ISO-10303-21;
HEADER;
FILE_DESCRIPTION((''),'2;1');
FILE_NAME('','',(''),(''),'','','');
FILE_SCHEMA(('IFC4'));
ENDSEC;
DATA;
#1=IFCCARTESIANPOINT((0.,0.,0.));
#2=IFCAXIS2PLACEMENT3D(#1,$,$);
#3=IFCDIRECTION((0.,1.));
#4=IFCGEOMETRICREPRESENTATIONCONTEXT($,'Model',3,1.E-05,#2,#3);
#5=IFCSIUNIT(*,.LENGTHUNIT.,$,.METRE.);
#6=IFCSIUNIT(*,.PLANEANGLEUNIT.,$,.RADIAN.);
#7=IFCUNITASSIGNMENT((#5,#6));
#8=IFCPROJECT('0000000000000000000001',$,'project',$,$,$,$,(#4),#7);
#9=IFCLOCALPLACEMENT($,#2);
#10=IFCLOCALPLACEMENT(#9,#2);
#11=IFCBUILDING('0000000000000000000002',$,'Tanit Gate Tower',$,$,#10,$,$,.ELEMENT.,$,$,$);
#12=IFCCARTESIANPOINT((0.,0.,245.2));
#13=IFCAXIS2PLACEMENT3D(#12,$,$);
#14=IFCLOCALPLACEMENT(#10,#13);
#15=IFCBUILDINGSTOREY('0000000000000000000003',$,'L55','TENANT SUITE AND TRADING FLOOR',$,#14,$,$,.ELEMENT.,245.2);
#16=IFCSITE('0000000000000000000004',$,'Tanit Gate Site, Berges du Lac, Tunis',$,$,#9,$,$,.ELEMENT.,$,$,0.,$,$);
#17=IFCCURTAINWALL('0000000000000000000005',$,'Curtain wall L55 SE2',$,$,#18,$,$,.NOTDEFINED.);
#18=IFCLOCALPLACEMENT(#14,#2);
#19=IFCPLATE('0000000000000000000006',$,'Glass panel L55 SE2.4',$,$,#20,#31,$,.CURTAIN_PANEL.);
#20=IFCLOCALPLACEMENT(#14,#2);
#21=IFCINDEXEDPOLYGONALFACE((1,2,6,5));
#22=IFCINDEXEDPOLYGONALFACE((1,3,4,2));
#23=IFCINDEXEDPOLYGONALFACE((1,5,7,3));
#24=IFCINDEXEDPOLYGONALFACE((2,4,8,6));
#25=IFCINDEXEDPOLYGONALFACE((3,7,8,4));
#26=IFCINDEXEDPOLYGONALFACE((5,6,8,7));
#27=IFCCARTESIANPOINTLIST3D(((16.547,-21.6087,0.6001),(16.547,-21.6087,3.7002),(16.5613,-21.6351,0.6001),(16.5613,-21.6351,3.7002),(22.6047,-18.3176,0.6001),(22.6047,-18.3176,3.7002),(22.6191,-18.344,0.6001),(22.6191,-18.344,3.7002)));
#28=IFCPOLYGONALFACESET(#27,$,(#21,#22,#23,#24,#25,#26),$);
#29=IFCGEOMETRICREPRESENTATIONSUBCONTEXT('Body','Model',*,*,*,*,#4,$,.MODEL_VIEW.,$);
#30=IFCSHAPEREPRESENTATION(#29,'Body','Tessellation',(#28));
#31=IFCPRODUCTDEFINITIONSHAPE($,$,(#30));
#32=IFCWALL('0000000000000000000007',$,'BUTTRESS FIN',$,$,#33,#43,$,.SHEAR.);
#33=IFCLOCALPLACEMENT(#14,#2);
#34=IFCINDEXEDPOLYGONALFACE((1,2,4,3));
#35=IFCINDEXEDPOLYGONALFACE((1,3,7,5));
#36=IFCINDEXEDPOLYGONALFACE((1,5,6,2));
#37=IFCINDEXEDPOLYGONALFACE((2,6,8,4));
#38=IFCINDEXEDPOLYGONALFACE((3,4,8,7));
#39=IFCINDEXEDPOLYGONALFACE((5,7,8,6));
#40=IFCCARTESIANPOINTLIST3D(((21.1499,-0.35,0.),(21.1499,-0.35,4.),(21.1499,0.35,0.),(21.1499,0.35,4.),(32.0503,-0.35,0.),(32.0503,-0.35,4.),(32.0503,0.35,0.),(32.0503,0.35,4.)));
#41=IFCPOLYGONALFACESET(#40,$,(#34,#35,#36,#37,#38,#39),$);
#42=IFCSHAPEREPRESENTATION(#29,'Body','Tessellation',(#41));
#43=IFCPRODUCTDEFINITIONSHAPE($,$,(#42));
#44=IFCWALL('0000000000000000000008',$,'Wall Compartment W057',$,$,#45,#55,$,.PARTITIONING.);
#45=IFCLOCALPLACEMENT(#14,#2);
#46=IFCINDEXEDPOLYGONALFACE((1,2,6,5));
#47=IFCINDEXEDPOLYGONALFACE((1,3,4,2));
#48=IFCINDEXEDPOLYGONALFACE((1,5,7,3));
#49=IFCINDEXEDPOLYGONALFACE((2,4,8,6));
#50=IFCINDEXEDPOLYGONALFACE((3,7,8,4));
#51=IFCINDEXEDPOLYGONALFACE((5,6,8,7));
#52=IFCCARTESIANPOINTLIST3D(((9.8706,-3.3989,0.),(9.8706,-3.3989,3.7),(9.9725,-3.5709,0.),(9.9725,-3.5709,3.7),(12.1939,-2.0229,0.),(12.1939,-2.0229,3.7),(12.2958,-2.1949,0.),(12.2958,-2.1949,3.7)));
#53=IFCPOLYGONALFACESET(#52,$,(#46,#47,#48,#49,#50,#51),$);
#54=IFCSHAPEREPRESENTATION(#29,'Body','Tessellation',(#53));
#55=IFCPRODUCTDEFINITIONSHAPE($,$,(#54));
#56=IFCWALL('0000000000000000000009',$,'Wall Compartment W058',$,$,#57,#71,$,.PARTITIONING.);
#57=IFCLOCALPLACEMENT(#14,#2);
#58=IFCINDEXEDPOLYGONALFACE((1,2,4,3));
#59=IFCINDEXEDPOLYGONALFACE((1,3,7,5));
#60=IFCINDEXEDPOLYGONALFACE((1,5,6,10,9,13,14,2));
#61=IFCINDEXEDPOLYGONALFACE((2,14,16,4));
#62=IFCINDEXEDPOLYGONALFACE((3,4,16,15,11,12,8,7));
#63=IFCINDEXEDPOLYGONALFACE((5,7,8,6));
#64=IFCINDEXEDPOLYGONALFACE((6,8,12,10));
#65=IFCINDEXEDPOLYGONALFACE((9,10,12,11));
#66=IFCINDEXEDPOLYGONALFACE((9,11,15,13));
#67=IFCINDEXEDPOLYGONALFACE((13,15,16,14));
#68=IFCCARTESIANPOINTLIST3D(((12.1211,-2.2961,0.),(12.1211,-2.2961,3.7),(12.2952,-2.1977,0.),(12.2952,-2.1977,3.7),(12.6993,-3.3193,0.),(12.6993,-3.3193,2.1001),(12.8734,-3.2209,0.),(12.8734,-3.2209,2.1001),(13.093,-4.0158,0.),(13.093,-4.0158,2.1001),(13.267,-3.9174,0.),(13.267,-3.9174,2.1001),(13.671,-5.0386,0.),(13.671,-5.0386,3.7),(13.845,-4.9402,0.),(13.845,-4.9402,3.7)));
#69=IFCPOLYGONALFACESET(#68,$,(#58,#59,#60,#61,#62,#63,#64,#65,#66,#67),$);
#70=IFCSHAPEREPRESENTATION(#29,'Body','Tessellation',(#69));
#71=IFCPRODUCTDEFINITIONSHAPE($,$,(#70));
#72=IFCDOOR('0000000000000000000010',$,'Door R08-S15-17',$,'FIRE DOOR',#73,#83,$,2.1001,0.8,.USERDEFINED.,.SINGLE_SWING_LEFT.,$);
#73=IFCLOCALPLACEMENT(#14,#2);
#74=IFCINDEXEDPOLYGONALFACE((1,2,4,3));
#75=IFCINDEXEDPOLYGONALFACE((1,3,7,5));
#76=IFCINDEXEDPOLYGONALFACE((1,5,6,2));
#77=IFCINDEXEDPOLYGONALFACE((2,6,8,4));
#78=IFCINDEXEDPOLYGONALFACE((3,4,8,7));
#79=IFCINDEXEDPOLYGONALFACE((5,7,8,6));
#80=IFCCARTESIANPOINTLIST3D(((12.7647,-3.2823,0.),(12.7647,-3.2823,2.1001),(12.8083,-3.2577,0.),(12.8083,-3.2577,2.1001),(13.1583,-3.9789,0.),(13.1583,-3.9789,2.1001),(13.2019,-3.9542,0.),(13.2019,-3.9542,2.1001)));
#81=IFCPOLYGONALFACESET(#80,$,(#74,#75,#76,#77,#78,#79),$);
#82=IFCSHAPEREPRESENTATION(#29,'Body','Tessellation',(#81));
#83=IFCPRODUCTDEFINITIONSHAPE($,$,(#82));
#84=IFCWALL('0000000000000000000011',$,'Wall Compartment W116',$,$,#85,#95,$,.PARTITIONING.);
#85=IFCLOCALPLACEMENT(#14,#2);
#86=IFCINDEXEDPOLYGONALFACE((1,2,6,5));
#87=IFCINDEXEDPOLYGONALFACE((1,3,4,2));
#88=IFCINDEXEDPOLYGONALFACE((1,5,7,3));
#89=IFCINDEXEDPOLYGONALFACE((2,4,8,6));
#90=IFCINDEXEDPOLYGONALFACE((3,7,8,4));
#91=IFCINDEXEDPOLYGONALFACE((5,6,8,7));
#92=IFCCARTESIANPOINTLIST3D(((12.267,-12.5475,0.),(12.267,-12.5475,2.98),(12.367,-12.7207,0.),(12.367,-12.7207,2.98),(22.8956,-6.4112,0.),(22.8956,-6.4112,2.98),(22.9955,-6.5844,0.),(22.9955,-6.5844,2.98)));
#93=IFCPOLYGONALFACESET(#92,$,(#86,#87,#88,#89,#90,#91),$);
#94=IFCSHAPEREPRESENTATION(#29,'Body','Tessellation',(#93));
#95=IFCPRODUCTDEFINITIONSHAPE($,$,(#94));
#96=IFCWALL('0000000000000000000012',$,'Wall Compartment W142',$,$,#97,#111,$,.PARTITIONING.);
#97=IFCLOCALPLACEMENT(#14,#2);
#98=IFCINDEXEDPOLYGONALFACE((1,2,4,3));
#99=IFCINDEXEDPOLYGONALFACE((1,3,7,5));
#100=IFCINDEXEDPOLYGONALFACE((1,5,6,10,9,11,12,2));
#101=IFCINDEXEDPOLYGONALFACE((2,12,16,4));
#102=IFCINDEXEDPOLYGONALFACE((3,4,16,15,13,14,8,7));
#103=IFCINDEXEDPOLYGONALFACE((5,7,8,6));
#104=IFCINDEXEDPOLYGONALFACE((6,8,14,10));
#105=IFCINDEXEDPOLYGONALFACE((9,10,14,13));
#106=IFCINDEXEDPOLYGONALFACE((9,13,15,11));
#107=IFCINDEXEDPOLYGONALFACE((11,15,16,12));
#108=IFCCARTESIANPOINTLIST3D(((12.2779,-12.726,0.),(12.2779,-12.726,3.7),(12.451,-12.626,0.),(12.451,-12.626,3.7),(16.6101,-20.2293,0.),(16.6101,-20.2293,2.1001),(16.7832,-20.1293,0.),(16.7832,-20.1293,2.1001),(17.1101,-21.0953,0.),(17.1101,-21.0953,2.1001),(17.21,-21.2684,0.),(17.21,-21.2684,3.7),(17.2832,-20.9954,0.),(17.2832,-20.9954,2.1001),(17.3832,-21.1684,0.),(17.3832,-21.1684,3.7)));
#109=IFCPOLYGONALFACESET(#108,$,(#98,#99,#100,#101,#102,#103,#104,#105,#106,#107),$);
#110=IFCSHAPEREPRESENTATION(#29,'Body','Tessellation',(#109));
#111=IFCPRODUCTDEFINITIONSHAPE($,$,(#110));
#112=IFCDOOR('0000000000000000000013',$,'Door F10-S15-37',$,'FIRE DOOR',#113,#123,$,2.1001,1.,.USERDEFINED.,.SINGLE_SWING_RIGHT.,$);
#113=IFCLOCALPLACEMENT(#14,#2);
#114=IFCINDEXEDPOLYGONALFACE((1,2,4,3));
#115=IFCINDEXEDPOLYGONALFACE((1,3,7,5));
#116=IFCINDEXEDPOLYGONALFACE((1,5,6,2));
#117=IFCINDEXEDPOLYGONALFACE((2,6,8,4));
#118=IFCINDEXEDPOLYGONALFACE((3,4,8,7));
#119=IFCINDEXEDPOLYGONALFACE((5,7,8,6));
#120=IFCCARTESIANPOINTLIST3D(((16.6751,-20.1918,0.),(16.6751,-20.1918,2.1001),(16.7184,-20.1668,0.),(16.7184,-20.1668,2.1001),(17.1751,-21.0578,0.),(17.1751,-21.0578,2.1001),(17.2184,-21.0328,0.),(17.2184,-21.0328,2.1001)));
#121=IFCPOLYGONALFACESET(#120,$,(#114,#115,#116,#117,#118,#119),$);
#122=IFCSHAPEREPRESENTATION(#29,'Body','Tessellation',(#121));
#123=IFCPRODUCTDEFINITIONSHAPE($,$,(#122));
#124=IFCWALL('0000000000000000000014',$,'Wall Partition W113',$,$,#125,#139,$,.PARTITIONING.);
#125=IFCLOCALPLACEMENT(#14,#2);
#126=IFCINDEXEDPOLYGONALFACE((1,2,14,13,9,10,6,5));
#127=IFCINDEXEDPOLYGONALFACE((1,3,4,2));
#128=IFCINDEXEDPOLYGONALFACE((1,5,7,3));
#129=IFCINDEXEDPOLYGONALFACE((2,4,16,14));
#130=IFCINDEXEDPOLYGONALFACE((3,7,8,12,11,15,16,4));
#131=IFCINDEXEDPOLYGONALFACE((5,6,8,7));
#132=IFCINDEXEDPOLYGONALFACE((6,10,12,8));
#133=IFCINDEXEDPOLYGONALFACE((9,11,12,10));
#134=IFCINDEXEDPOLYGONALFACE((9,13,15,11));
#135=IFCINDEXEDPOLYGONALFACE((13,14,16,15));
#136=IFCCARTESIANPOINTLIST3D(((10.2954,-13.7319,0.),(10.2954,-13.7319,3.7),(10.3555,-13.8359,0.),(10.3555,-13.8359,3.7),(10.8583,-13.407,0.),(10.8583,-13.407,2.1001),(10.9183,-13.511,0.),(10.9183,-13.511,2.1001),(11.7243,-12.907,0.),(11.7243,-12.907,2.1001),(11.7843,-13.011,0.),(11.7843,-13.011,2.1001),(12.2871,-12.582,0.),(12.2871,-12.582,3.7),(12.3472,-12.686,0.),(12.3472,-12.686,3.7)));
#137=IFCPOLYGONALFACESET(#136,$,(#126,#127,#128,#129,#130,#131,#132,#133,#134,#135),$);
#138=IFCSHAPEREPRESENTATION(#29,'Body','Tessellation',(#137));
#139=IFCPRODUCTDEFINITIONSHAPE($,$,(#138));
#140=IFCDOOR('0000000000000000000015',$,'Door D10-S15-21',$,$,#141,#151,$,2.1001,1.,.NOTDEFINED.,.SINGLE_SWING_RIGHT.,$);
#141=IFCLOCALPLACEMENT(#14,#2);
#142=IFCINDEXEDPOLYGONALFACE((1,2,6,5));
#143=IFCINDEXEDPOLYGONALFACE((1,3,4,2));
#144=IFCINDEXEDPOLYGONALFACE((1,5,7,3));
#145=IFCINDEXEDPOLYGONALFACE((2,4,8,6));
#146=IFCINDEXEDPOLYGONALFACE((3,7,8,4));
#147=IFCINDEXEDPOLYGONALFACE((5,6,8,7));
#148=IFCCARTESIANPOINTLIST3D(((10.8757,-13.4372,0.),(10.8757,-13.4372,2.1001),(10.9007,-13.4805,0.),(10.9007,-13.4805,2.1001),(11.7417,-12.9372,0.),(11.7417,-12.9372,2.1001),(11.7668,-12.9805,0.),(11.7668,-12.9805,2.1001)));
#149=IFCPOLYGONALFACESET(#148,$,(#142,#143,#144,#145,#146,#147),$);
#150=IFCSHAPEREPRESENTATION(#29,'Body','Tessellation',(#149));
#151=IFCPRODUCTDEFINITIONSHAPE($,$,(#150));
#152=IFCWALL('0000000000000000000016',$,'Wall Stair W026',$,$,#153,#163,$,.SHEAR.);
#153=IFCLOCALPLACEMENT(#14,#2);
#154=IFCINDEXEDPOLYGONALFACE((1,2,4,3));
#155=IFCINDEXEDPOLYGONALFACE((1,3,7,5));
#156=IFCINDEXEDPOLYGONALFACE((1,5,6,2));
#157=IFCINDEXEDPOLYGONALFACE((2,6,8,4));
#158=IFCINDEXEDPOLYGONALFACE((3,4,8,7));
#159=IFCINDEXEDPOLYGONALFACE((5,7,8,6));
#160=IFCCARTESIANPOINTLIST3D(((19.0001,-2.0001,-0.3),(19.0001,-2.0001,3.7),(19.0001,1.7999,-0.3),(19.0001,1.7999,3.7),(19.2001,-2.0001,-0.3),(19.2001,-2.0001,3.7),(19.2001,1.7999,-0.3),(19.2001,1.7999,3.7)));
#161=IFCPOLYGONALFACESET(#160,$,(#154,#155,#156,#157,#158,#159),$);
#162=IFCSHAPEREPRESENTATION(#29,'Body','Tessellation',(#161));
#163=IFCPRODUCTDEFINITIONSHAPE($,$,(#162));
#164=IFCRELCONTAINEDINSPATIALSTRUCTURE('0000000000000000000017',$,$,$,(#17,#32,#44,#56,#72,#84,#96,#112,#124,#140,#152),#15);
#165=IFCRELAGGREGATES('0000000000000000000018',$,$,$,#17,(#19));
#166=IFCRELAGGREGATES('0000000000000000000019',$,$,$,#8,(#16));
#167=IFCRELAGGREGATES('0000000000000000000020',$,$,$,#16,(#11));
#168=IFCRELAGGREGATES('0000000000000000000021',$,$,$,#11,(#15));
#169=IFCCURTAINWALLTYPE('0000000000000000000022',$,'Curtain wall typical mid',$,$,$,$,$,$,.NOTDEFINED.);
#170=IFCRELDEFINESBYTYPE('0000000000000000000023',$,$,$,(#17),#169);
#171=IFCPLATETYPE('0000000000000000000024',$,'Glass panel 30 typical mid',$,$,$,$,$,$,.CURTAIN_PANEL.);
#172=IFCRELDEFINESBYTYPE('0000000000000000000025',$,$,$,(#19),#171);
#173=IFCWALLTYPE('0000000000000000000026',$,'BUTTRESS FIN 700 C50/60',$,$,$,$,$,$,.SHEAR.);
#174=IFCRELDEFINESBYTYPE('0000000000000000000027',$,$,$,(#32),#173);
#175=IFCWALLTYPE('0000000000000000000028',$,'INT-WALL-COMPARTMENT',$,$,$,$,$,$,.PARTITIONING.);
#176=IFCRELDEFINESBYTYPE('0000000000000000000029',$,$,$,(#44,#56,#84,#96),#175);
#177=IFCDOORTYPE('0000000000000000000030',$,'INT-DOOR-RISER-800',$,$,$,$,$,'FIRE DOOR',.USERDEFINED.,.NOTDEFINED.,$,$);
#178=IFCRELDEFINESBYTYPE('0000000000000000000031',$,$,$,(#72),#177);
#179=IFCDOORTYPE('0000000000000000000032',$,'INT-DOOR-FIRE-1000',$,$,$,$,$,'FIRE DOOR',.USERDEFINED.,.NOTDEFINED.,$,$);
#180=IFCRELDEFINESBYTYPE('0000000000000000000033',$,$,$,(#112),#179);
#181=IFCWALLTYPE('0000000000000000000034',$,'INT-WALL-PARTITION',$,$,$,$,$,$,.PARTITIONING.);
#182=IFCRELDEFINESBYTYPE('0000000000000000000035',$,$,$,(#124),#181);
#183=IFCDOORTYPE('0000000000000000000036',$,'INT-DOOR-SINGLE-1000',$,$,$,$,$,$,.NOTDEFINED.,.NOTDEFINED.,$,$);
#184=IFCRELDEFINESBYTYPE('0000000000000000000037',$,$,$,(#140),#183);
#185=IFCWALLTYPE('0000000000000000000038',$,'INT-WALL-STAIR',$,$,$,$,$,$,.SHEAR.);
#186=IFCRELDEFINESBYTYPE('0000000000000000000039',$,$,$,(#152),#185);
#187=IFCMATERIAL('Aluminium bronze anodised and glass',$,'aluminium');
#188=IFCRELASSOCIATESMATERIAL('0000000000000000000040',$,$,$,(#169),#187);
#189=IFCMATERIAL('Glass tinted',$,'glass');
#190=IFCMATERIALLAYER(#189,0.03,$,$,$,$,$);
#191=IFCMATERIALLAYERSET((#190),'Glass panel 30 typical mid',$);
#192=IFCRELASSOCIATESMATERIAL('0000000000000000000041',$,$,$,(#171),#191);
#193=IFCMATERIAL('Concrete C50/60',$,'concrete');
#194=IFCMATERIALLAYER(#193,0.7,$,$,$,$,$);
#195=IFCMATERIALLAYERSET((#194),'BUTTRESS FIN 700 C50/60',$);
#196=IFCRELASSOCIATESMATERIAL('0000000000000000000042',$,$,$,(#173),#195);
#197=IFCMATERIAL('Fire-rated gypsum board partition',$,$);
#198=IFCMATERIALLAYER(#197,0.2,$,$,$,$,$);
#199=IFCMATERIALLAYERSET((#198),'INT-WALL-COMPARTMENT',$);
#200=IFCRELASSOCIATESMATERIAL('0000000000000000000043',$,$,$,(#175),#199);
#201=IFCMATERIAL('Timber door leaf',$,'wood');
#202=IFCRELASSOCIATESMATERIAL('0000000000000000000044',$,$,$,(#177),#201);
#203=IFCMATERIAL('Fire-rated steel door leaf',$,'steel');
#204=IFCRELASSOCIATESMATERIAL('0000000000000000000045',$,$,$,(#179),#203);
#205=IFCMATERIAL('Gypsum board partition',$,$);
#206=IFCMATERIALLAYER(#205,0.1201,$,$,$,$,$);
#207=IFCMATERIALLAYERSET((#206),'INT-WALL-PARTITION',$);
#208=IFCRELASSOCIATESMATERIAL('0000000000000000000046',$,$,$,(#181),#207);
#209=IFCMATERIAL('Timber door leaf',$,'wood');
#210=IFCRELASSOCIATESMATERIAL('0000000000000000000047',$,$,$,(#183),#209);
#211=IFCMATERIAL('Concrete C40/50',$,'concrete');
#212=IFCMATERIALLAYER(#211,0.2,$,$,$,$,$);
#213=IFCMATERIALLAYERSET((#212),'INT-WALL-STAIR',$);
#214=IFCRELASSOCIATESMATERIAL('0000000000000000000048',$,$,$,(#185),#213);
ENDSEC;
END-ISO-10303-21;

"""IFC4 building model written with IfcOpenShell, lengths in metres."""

from ifc_helpers import new_model, si_unit, direction, frame, frame_2d, origin, origin_2d, place, context, subcontext, project, spatial, rectangle, extrude, material, layer, layer_set, type_object, element, fill, aggregate, save


model = new_model("IFC4")

# Units and contexts
model_context = context("Model", 3, precision=1e-05, world=origin(), true_north=direction((0.0, 1.0)))
body_context = subcontext(model_context, "Body", "Model", "MODEL_VIEW")
ifc_project = project(units=[si_unit("LENGTHUNIT", "METRE"), si_unit("PLANEANGLEUNIT", "RADIAN")], contexts=[model_context])

# Site, building, storey
site_placement = place(None, origin())
site = spatial("IfcSite", under=ifc_project, at=site_placement, Name="Tanit Gate Site, Berges du Lac, Tunis", CompositionType="ELEMENT", RefElevation=0.0)
building_placement = place(site_placement, origin())
building = spatial("IfcBuilding", under=site, at=building_placement, Name="Tanit Gate Tower", CompositionType="ELEMENT")
storey_placement = place(building_placement, frame((0.0, 0.0, 245.2)))
storey = spatial("IfcBuildingStorey", under=building, at=storey_placement, Name="L55", Description="TENANT SUITE AND TRADING FLOOR", CompositionType="ELEMENT", Elevation=245.2)

# Curtain wall
ifc_material_1 = material(Name="Aluminium bronze anodised and glass", Category="aluminium")
curtain_wall_type = type_object("IfcCurtainWallType", Name="Curtain wall typical mid", PredefinedType="NOTDEFINED", material=ifc_material_1)
curtain_wall_placement = place(storey_placement, origin())
curtain_wall = element("IfcCurtainWall", 1, at=curtain_wall_placement, inside=storey, type_object=curtain_wall_type, Name="Curtain wall L55 SE2", PredefinedType="NOTDEFINED")

# Plate
ifc_material_2 = material(Name="Glass tinted", Category="glass")
ifc_layer_1 = layer(ifc_material_2, 0.03)
ifc_layer_set_1 = layer_set([ifc_layer_1], Name="Glass panel 30 typical mid")
plate_type = type_object("IfcPlateType", Name="Glass panel 30 typical mid", PredefinedType="CURTAIN_PANEL", material=ifc_layer_set_1)
plate_1_placement = place(storey_placement, frame((19.583, -19.9763, 0.6001), z_axis=(0.0, 0.0, 1.0), x_axis=(0.878696, 0.477381, 0.0)))
plate_1 = element("IfcPlate", 2, at=plate_1_placement, type_object=plate_type, Name="Glass panel L55 SE2.4", PredefinedType="CURTAIN_PANEL", context=body_context, shape_type="SweptSolid", body=[
    extrude(rectangle(XDim=6.894, YDim=0.03, at=origin_2d()), origin(), (0.0, 0.0, 1.0), 3.1001),
])
aggregate(curtain_wall, [plate_1])

# Walls
ifc_material_3 = material(Name="Concrete C50/60", Category="concrete")
ifc_layer_2 = layer(ifc_material_3, 0.7)
ifc_layer_set_2 = layer_set([ifc_layer_2], Name="BUTTRESS FIN 700 C50/60")
wall_type_1 = type_object("IfcWallType", Name="BUTTRESS FIN 700 C50/60", PredefinedType="SHEAR", material=ifc_layer_set_2)
wall_1_placement = place(storey_placement, frame((21.1499, 0.0, 0.0), z_axis=(0.0, 0.0, 1.0), x_axis=(1.0, 0.0, 0.0)))
element("IfcWall", 3, at=wall_1_placement, inside=storey, type_object=wall_type_1, Name="BUTTRESS FIN", PredefinedType="SHEAR", context=body_context, shape_type="SweptSolid", body=[
    extrude(rectangle(XDim=10.9004, YDim=0.7, at=frame_2d((5.4502, 0.0))), origin(), (0.0, 0.0, 1.0), 4.0),
])
ifc_material_4 = material(Name="Fire-rated gypsum board partition")
ifc_layer_3 = layer(ifc_material_4, 0.2)
ifc_layer_set_3 = layer_set([ifc_layer_3], Name="INT-WALL-COMPARTMENT")
wall_type_2 = type_object("IfcWallType", Name="INT-WALL-COMPARTMENT", PredefinedType="PARTITIONING", material=ifc_layer_set_3)
wall_2_placement = place(storey_placement, frame((12.2449, -2.1089, 0.0), z_axis=(0.0, 0.0, 1.0), x_axis=(-0.860415, -0.509594, 0.0)))
element("IfcWall", 4, at=wall_2_placement, inside=storey, type_object=wall_type_2, Name="Wall Compartment W057", PredefinedType="PARTITIONING", context=body_context, shape_type="SweptSolid", body=[
    extrude(rectangle(XDim=2.7002, YDim=0.2, at=frame_2d((1.3501, 0.0))), origin(), (0.0, 0.0, 1.0), 3.7),
])

# Wall, opening, door
wall_3_placement = place(storey_placement, frame((13.7581, -4.9895, 0.0), z_axis=(0.0, 0.0, 1.0), x_axis=(-0.491993, 0.870599, 0.0)))
wall_3 = element("IfcWall", 5, at=wall_3_placement, inside=storey, type_object=wall_type_2, Name="Wall Compartment W058", PredefinedType="PARTITIONING", context=body_context, shape_type="SweptSolid", body=[
    extrude(rectangle(XDim=3.1501, YDim=0.2, at=frame_2d((1.5752, 0.0))), origin(), (0.0, 0.0, 1.0), 3.7),
])
opening_1_placement = place(wall_3_placement, frame((1.175, 0.0, 0.0)))
opening_1 = element("IfcOpeningElement", 6, at=opening_1_placement, cuts=wall_3, PredefinedType="OPENING", context=body_context, shape_type="SweptSolid", body=[
    extrude(rectangle(XDim=0.8, YDim=2.1001, at=frame_2d((0.3999, 1.05))), frame((0.0, 0.1099, 0.0), z_axis=(0.0, -1.0, 0.0), x_axis=(1.0, 0.0, 0.0)), (0.0, 0.0, 1.0), 0.22),
])
ifc_material_5 = material(Name="Timber door leaf", Category="wood")
door_type_1 = type_object("IfcDoorType", Name="INT-DOOR-RISER-800", ElementType="FIRE DOOR", OperationType="NOTDEFINED", PredefinedType="USERDEFINED", material=ifc_material_5)
door_1_placement = place(opening_1_placement, origin())
door_1 = element("IfcDoor", 7, at=door_1_placement, inside=storey, type_object=door_type_1, Name="Door R08-S15-17", ObjectType="FIRE DOOR", OperationType="SINGLE_SWING_LEFT", OverallHeight=2.1001, OverallWidth=0.8, PredefinedType="USERDEFINED", context=body_context, shape_type="SweptSolid", body=[
    extrude(rectangle(XDim=0.8, YDim=2.1001, at=frame_2d((0.3999, 1.05))), frame((0.0, 0.0249, 0.0), z_axis=(0.0, -1.0, 0.0), x_axis=(1.0, 0.0, 0.0)), (0.0, 0.0, 1.0), 0.05),
])
fill(opening_1, door_1)

# Wall
wall_4_placement = place(storey_placement, frame((12.3171, -12.634, 0.0), z_axis=(0.0, 0.0, 1.0), x_axis=(0.866029, 0.499995, 0.0)))
element("IfcWall", 8, at=wall_4_placement, inside=storey, type_object=wall_type_2, Name="Wall Compartment W116", PredefinedType="PARTITIONING", context=body_context, shape_type="SweptSolid", body=[
    extrude(rectangle(XDim=12.2727, YDim=0.2, at=frame_2d((6.1362, 0.0))), origin(), (0.0, 0.0, 1.0), 2.98),
])

# Walls, openings, doors
wall_5_placement = place(storey_placement, frame((17.2966, -21.2185, 0.0), z_axis=(0.0, 0.0, 1.0), x_axis=(-0.50001, 0.86602, 0.0)))
wall_5 = element("IfcWall", 9, at=wall_5_placement, inside=storey, type_object=wall_type_2, Name="Wall Compartment W142", PredefinedType="PARTITIONING", context=body_context, shape_type="SweptSolid", body=[
    extrude(rectangle(XDim=9.864, YDim=0.2, at=frame_2d((4.9321, 0.0))), origin(), (0.0, 0.0, 1.0), 3.7),
])
opening_2_placement = place(wall_5_placement, frame((0.2, 0.0, 0.0)))
opening_2 = element("IfcOpeningElement", 10, at=opening_2_placement, cuts=wall_5, PredefinedType="OPENING", context=body_context, shape_type="SweptSolid", body=[
    extrude(rectangle(XDim=1.0, YDim=2.1001, at=frame_2d((0.5, 1.05))), frame((0.0, 0.1099, 0.0), z_axis=(0.0, -1.0, 0.0), x_axis=(1.0, 0.0, 0.0)), (0.0, 0.0, 1.0), 0.22),
])
ifc_material_6 = material(Name="Fire-rated steel door leaf", Category="steel")
door_type_2 = type_object("IfcDoorType", Name="INT-DOOR-FIRE-1000", ElementType="FIRE DOOR", OperationType="NOTDEFINED", PredefinedType="USERDEFINED", material=ifc_material_6)
door_2_placement = place(opening_2_placement, origin())
door_2 = element("IfcDoor", 11, at=door_2_placement, inside=storey, type_object=door_type_2, Name="Door F10-S15-37", ObjectType="FIRE DOOR", OperationType="SINGLE_SWING_RIGHT", OverallHeight=2.1001, OverallWidth=1.0, PredefinedType="USERDEFINED", context=body_context, shape_type="SweptSolid", body=[
    extrude(rectangle(XDim=1.0, YDim=2.1001, at=frame_2d((0.5, 1.05))), frame((0.0, 0.0249, 0.0), z_axis=(0.0, -1.0, 0.0), x_axis=(1.0, 0.0, 0.0)), (0.0, 0.0, 1.0), 0.05),
])
fill(opening_2, door_2)
ifc_material_7 = material(Name="Gypsum board partition")
ifc_layer_4 = layer(ifc_material_7, 0.1201)
ifc_layer_set_4 = layer_set([ifc_layer_4], Name="INT-WALL-PARTITION")
wall_type_3 = type_object("IfcWallType", Name="INT-WALL-PARTITION", PredefinedType="PARTITIONING", material=ifc_layer_set_4)
wall_6_placement = place(storey_placement, frame((12.3171, -12.634, 0.0), z_axis=(0.0, 0.0, 1.0), x_axis=(-0.866026, -0.499998, 0.0)))
wall_6 = element("IfcWall", 12, at=wall_6_placement, inside=storey, type_object=wall_type_3, Name="Wall Partition W113", PredefinedType="PARTITIONING", context=body_context, shape_type="SweptSolid", body=[
    extrude(rectangle(XDim=2.2998, YDim=0.1201, at=frame_2d((1.1499, 0.0))), origin(), (0.0, 0.0, 1.0), 3.7),
])
opening_3_placement = place(wall_6_placement, frame((0.6499, 0.0, 0.0)))
opening_3 = element("IfcOpeningElement", 13, at=opening_3_placement, cuts=wall_6, PredefinedType="OPENING", context=body_context, shape_type="SweptSolid", body=[
    extrude(rectangle(XDim=1.0, YDim=2.1001, at=frame_2d((0.5, 1.05))), frame((0.0, 0.0701, 0.0), z_axis=(0.0, -1.0, 0.0), x_axis=(1.0, 0.0, 0.0)), (0.0, 0.0, 1.0), 0.1401),
])
ifc_material_8 = material(Name="Timber door leaf", Category="wood")
door_type_3 = type_object("IfcDoorType", Name="INT-DOOR-SINGLE-1000", OperationType="NOTDEFINED", PredefinedType="NOTDEFINED", material=ifc_material_8)
door_3_placement = place(opening_3_placement, origin())
door_3 = element("IfcDoor", 14, at=door_3_placement, inside=storey, type_object=door_type_3, Name="Door D10-S15-21", OperationType="SINGLE_SWING_RIGHT", OverallHeight=2.1001, OverallWidth=1.0, PredefinedType="NOTDEFINED", context=body_context, shape_type="SweptSolid", body=[
    extrude(rectangle(XDim=1.0, YDim=2.1001, at=frame_2d((0.5, 1.05))), frame((0.0, 0.0249, 0.0), z_axis=(0.0, -1.0, 0.0), x_axis=(1.0, 0.0, 0.0)), (0.0, 0.0, 1.0), 0.05),
])
fill(opening_3, door_3)

# Wall
ifc_material_9 = material(Name="Concrete C40/50", Category="concrete")
ifc_layer_5 = layer(ifc_material_9, 0.2)
ifc_layer_set_5 = layer_set([ifc_layer_5], Name="INT-WALL-STAIR")
wall_type_4 = type_object("IfcWallType", Name="INT-WALL-STAIR", PredefinedType="SHEAR", material=ifc_layer_set_5)
wall_7_placement = place(storey_placement, frame((19.1001, -2.0, -0.3), z_axis=(0.0, 0.0, 1.0), x_axis=(0.0, 1.0, 0.0)))
element("IfcWall", 15, at=wall_7_placement, inside=storey, type_object=wall_type_4, Name="Wall Stair W026", PredefinedType="SHEAR", context=body_context, shape_type="SweptSolid", body=[
    extrude(rectangle(XDim=3.8, YDim=0.2, at=frame_2d((1.8999, 0.0))), origin(), (0.0, 0.0, 1.0), 4.0),
])

save(model, "model.ifc")
